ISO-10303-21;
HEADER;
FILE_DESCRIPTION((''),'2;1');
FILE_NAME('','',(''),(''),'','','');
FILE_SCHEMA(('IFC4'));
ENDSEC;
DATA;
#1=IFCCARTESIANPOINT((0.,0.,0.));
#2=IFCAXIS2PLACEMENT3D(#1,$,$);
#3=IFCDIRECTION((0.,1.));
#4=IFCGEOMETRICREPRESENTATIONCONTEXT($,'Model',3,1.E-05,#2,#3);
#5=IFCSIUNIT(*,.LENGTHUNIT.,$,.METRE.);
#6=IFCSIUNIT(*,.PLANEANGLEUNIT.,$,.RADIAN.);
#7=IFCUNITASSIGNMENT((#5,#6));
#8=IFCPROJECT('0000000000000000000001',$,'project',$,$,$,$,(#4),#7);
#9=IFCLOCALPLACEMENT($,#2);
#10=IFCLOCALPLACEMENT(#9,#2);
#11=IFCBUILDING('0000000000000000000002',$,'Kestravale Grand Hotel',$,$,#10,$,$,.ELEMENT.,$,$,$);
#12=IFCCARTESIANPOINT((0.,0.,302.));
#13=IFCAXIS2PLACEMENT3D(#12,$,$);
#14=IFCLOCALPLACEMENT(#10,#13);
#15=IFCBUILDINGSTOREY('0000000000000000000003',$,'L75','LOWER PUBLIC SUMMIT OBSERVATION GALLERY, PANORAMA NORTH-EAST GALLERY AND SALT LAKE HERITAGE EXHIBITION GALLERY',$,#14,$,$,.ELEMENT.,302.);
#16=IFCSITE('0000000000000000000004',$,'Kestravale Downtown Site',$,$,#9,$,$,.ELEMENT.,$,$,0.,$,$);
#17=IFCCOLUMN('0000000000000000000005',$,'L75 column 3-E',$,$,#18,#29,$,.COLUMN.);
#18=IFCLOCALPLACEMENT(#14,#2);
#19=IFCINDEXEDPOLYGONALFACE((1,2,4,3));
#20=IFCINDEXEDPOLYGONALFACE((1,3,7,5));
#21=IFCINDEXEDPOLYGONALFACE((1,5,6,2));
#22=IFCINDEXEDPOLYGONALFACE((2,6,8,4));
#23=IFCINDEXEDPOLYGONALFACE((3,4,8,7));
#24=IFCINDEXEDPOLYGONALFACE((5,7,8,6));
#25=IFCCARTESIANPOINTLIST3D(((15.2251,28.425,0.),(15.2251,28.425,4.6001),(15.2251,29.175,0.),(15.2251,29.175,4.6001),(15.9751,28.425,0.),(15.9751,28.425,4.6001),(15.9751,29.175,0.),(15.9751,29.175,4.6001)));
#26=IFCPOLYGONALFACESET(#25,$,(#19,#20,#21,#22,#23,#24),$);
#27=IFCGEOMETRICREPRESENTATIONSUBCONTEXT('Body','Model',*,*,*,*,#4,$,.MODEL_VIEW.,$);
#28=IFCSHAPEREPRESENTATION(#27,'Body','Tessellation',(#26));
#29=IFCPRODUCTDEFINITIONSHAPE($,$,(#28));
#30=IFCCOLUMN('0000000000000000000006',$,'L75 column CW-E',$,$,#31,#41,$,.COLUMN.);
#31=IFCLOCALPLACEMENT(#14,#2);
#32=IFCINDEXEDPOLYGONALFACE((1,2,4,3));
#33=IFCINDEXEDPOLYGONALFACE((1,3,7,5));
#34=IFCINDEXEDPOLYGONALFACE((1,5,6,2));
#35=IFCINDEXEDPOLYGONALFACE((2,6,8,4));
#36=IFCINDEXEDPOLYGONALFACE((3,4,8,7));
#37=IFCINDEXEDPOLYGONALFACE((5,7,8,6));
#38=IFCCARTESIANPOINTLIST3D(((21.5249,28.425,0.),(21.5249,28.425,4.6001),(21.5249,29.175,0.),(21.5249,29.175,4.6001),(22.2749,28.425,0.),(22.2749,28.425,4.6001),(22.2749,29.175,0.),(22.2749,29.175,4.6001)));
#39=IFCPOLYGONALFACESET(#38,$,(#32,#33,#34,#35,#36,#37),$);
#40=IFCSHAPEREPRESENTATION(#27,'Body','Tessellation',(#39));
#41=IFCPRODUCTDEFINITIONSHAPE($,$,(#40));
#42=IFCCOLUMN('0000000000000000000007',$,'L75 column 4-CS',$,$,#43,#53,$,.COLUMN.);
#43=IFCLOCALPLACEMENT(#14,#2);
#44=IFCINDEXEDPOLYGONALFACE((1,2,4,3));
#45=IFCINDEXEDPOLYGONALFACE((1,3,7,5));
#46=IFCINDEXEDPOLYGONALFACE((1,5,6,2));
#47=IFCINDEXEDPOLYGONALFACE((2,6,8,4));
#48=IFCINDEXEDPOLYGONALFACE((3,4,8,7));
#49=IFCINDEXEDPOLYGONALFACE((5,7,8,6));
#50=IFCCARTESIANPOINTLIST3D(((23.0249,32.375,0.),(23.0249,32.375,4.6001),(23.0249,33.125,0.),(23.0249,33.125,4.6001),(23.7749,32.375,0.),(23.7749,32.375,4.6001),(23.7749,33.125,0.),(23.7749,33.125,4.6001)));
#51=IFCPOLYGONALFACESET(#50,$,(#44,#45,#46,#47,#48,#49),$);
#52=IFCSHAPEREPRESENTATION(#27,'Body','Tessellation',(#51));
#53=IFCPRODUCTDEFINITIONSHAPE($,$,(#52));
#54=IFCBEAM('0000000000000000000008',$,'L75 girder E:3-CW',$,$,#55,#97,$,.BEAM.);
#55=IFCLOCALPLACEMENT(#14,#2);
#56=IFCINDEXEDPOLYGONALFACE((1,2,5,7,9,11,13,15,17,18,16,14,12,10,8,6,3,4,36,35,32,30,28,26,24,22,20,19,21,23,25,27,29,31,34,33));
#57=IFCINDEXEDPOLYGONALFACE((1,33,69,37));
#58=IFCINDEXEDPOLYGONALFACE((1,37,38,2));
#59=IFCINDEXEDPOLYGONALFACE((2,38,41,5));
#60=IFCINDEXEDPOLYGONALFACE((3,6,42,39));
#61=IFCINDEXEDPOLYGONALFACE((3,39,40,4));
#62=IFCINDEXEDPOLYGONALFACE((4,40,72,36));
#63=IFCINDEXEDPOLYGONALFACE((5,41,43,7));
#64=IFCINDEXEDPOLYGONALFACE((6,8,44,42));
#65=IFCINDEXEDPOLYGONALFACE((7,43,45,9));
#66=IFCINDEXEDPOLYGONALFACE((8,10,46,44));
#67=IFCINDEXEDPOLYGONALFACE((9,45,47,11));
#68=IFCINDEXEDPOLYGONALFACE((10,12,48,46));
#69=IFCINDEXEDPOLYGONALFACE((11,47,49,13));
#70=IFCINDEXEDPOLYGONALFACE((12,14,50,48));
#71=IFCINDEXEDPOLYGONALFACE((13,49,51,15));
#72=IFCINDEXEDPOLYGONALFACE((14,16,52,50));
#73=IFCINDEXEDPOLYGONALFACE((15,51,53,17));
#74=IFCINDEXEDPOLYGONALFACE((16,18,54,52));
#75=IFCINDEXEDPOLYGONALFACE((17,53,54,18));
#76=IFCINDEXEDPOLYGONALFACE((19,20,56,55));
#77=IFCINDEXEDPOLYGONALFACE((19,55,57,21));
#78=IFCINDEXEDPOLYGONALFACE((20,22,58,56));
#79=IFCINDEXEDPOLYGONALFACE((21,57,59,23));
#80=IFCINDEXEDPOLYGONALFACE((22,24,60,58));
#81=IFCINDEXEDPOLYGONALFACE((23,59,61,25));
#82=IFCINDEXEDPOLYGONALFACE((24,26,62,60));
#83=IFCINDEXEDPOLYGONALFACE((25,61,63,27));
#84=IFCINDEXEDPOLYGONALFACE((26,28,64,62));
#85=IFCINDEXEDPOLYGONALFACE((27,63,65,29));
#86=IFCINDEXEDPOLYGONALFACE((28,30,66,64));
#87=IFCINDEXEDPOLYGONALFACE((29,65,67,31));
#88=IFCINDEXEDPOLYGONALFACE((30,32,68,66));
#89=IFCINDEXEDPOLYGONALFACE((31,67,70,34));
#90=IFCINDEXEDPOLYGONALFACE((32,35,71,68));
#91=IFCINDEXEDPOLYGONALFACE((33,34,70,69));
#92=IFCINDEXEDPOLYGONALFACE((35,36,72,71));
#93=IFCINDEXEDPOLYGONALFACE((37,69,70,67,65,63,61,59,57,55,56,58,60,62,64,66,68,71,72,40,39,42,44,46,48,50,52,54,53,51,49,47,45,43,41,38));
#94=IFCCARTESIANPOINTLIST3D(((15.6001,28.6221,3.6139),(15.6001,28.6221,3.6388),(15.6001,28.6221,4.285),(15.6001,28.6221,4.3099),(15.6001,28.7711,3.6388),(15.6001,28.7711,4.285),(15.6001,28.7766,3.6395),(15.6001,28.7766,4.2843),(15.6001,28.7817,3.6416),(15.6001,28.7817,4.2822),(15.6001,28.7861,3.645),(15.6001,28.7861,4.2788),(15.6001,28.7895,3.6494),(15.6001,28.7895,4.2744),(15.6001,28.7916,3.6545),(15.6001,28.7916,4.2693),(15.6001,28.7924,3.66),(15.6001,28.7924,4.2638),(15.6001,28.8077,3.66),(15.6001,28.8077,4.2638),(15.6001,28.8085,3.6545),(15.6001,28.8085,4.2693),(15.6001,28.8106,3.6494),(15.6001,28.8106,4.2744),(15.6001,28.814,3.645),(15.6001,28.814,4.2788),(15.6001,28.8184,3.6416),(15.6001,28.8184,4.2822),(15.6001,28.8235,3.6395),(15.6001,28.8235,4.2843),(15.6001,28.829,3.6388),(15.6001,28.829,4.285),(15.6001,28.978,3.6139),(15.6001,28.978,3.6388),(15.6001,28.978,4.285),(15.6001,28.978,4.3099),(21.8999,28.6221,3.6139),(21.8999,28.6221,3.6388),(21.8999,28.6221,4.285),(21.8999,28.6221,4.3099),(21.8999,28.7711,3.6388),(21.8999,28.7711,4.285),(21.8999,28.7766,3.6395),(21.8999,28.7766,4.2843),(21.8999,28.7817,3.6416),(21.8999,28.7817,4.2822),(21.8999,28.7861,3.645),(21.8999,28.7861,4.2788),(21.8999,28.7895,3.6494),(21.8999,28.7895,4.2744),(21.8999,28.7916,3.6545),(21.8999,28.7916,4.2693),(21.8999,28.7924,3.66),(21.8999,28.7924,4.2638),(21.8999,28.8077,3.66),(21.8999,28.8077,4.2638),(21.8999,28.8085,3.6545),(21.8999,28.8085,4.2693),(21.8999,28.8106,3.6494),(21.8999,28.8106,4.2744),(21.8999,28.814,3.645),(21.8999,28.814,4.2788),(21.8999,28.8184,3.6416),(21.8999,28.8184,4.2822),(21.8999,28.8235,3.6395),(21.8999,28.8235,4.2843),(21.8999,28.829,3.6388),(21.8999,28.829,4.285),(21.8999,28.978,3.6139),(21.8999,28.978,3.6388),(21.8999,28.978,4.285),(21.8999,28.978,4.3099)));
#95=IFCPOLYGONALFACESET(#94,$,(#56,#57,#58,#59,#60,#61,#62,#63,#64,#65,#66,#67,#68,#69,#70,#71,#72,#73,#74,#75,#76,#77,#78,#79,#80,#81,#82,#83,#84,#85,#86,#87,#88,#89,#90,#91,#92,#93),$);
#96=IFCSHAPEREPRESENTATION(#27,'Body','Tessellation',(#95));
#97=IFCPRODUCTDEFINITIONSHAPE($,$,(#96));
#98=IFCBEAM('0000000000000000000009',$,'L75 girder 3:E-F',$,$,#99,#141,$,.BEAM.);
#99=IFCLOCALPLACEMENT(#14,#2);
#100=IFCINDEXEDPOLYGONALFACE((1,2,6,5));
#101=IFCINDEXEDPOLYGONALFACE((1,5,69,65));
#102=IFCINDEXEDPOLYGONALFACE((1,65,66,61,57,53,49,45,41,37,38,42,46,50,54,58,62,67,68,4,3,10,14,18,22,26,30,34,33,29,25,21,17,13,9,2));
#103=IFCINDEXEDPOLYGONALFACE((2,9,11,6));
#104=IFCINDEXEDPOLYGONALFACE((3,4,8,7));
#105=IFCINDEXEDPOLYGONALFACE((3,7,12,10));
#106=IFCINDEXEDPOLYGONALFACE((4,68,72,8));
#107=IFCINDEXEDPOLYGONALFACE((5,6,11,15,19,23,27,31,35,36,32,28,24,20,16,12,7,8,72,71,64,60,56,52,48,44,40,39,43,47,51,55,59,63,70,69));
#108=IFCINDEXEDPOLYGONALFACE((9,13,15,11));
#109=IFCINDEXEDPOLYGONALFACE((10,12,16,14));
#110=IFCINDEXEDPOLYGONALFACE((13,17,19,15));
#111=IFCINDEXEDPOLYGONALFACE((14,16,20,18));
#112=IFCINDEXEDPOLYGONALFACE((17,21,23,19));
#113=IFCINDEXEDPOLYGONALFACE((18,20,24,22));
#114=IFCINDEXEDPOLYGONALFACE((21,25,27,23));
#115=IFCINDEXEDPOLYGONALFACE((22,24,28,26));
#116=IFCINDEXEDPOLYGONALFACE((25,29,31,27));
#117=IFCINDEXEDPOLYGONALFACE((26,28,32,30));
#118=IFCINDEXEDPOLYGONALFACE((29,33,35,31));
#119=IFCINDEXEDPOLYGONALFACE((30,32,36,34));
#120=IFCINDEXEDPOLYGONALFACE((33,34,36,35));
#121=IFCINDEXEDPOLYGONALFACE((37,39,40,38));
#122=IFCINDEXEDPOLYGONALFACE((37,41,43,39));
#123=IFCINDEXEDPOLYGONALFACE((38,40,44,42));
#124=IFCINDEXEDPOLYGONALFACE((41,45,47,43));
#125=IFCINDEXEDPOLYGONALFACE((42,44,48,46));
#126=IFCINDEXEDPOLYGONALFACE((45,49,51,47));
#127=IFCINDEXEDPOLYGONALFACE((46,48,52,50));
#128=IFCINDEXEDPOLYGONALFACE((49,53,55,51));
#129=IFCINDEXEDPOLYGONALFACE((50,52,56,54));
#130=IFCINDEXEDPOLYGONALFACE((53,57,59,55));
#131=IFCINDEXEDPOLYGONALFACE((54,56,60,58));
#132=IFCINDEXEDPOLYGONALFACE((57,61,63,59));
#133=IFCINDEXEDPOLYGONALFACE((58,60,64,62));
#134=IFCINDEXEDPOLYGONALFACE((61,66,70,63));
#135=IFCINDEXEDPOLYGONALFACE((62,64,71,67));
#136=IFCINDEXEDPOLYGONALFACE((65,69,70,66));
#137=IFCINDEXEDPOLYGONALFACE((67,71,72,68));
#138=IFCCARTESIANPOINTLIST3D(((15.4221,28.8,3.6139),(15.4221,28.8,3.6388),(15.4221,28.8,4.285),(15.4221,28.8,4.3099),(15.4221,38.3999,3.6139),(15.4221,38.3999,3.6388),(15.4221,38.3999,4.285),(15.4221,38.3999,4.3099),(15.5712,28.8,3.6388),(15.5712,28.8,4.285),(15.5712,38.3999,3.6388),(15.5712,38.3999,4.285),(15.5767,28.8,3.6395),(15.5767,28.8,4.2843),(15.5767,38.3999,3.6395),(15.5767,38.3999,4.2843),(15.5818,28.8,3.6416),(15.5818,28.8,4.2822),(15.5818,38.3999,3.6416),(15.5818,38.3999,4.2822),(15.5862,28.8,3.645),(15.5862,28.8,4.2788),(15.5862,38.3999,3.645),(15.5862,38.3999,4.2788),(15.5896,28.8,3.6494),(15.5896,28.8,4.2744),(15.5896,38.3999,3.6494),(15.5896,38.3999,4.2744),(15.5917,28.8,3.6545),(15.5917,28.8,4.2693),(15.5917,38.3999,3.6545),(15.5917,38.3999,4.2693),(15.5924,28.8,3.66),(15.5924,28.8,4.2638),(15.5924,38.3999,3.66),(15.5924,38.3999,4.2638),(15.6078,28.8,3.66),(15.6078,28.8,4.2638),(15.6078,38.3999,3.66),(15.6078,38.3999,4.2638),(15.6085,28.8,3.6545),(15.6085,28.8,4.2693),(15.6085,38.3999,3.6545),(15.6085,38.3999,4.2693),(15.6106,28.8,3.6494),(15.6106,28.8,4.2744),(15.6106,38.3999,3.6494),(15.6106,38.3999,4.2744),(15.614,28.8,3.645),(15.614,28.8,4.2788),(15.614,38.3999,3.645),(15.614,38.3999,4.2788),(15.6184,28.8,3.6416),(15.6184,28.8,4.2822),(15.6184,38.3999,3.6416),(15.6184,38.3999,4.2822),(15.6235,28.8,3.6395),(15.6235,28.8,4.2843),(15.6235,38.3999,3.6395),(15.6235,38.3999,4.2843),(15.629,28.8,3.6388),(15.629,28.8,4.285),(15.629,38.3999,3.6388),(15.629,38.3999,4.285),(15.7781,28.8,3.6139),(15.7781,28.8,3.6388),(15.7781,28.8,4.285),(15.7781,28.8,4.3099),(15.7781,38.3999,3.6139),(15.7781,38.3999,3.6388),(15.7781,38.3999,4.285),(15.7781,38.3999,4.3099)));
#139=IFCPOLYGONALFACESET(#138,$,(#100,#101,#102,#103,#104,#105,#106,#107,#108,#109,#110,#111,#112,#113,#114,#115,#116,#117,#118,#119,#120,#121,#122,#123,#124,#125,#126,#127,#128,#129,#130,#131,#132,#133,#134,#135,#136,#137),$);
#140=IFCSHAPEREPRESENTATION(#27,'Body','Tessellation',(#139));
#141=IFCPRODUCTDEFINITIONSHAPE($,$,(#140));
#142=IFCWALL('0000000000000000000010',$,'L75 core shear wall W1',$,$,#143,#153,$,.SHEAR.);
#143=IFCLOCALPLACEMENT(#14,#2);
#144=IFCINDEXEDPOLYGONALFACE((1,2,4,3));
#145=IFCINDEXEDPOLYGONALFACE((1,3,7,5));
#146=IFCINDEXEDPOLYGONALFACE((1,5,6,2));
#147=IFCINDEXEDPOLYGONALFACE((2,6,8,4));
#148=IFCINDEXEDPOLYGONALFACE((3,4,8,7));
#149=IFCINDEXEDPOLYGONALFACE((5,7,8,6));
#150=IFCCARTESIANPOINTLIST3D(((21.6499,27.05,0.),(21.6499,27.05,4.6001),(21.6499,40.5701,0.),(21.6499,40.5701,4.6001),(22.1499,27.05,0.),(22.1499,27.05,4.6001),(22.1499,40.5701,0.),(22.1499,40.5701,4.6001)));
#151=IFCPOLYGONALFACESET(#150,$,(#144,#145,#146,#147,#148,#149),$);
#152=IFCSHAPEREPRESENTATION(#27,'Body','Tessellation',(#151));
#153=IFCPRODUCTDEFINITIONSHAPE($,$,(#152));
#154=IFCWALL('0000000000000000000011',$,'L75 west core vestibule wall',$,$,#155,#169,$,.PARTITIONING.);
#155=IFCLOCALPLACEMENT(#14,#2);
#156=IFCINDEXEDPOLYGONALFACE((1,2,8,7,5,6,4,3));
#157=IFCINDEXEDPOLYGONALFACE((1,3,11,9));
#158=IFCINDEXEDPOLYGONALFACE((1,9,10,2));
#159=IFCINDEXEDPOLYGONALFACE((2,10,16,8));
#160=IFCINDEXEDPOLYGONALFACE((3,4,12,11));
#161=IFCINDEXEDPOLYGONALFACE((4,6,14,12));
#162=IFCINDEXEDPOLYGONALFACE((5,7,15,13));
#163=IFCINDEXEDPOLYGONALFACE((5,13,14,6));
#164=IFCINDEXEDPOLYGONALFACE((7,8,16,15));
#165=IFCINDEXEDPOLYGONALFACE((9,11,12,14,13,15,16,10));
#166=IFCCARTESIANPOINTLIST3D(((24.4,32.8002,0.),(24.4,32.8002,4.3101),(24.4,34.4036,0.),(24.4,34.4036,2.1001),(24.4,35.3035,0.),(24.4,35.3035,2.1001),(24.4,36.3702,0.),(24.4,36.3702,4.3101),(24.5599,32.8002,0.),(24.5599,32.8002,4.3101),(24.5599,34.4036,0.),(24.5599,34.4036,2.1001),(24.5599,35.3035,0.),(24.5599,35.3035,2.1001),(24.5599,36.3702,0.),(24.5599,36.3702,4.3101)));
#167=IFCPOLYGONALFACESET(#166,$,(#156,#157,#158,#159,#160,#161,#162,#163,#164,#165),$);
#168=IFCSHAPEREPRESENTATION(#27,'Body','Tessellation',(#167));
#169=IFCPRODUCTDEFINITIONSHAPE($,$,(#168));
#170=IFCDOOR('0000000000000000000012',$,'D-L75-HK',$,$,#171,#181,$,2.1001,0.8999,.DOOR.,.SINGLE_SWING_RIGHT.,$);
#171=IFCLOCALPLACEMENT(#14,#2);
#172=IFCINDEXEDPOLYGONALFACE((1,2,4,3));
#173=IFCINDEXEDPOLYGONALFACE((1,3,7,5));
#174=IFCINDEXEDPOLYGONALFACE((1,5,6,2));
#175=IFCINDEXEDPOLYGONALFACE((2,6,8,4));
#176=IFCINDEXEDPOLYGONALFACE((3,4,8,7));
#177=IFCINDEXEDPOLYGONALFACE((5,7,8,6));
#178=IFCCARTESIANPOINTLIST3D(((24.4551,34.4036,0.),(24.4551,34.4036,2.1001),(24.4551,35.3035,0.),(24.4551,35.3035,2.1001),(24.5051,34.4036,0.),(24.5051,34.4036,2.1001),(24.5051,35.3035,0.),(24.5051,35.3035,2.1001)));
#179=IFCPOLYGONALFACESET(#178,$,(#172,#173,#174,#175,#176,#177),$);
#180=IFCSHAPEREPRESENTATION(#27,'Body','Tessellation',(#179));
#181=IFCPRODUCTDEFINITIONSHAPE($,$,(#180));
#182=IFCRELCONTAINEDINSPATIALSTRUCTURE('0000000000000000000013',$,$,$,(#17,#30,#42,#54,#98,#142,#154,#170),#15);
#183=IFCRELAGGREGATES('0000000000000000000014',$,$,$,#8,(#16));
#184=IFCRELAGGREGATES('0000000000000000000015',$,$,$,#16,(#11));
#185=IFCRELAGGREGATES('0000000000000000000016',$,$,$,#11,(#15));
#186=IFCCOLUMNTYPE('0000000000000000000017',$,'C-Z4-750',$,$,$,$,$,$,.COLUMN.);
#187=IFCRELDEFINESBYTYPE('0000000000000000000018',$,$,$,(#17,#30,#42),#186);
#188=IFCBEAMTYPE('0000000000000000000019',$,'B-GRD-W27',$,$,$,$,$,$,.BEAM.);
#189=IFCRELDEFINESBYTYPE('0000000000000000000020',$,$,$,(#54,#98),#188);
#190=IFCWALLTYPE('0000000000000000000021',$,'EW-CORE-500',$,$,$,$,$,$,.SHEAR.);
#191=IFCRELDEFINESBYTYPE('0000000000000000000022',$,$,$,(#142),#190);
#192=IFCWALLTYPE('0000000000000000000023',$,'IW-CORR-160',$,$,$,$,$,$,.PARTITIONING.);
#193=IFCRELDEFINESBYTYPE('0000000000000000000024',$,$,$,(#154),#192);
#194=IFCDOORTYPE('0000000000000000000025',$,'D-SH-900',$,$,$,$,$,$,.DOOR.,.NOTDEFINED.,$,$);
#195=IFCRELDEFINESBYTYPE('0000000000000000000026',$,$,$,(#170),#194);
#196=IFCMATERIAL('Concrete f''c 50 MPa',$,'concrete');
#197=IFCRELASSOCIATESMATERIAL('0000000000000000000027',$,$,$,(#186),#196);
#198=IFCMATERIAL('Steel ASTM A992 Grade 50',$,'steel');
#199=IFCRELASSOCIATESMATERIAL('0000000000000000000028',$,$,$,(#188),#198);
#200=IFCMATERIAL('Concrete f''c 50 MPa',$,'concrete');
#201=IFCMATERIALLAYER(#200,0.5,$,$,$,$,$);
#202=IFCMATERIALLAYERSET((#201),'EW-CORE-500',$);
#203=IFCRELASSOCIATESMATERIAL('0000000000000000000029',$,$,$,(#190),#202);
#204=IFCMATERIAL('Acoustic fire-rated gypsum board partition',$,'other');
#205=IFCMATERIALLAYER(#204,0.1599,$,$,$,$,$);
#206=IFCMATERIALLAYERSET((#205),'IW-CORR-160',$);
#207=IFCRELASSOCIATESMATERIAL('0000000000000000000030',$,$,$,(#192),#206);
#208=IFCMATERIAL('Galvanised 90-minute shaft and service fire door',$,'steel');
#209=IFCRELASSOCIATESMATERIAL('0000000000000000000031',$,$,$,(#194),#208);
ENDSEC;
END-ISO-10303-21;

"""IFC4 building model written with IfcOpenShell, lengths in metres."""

from ifc_helpers import new_model, si_unit, direction, frame, frame_2d, origin, origin_2d, place, context, subcontext, project, spatial, rectangle, i_section, extrude, material, layer, layer_set, material_profile, profile_set, type_object, element, fill, save


model = new_model("IFC4")

# Units and contexts
model_context = context("Model", 3, precision=1e-05, world=origin(), true_north=direction((0.0, 1.0)))
body_context = subcontext(model_context, "Body", "Model", "MODEL_VIEW")
ifc_project = project(units=[si_unit("LENGTHUNIT", "METRE"), si_unit("PLANEANGLEUNIT", "RADIAN")], contexts=[model_context])

# Site, building, storey
site_placement = place(None, origin())
site = spatial("IfcSite", under=ifc_project, at=site_placement, Name="Kestravale Downtown Site", CompositionType="ELEMENT", RefElevation=0.0)
building_placement = place(site_placement, origin())
building = spatial("IfcBuilding", under=site, at=building_placement, Name="Kestravale Grand Hotel", CompositionType="ELEMENT")
storey_placement = place(building_placement, frame((0.0, 0.0, 302.0)))
storey = spatial("IfcBuildingStorey", under=building, at=storey_placement, Name="L75", Description="LOWER PUBLIC SUMMIT OBSERVATION GALLERY, PANORAMA NORTH-EAST GALLERY AND SALT LAKE HERITAGE EXHIBITION GALLERY", CompositionType="ELEMENT", Elevation=302.0)

# Columns
ifc_material_1 = material(Name="Concrete f'c 50 MPa", Category="concrete")
ifc_material_profile_1 = material_profile(ifc_material_1, rectangle(XDim=0.75, YDim=0.75, at=origin_2d()))
ifc_profile_set_1 = profile_set([ifc_material_profile_1], Name="Concrete f'c 50 MPa")
column_type = type_object("IfcColumnType", Name="C-Z4-750", PredefinedType="COLUMN", material=ifc_profile_set_1)
for number, where, z_axis, x_axis, name in (
    (1, (15.6001, 28.8, 0.0), (0.0, 0.0, 1.0), (1.0, 0.0, 0.0), "L75 column 3-E"),
    (2, (21.8999, 28.8, 0.0), (0.0, 0.0, 1.0), (1.0, 0.0, 0.0), "L75 column CW-E"),
    (3, (23.3999, 32.75, 0.0), (0.0, 0.0, 1.0), (1.0, 0.0, 0.0), "L75 column 4-CS"),
):
    element("IfcColumn", number, at=place(storey_placement, frame(where, z_axis=z_axis, x_axis=x_axis)), inside=storey, type_object=column_type, Name=name, PredefinedType="COLUMN", context=body_context, shape_type="SweptSolid", body=[
        extrude(rectangle(XDim=0.75, YDim=0.75, at=origin_2d()), origin(), (0.0, 0.0, 1.0), 4.6001),
    ])

# Beams
ifc_material_2 = material(Name="Steel ASTM A992 Grade 50", Category="steel")
ifc_material_profile_2 = material_profile(ifc_material_2, i_section(OverallWidth=0.356, OverallDepth=0.696, WebThickness=0.0154, FlangeThickness=0.0249, FilletRadius=0.0212, at=origin_2d()))
ifc_profile_set_2 = profile_set([ifc_material_profile_2], Name="Steel ASTM A992 Grade 50")
beam_type = type_object("IfcBeamType", Name="B-GRD-W27", PredefinedType="BEAM", material=ifc_profile_set_2)
beam_1_placement = place(storey_placement, frame((15.6001, 28.8, 3.9619), z_axis=(1.0, 0.0, 0.0), x_axis=(0.0, 1.0, 0.0)))
element("IfcBeam", 4, at=beam_1_placement, inside=storey, type_object=beam_type, Name="L75 girder E:3-CW", PredefinedType="BEAM", context=body_context, shape_type="SweptSolid", body=[
    extrude(i_section(OverallWidth=0.356, OverallDepth=0.696, WebThickness=0.0154, FlangeThickness=0.0249, FilletRadius=0.0212, at=origin_2d()), origin(), (0.0, 0.0, 1.0), 6.2998),
])
beam_2_placement = place(storey_placement, frame((15.6001, 28.8, 3.9619), z_axis=(0.0, 1.0, 0.0), x_axis=(-1.0, 0.0, 0.0)))
element("IfcBeam", 5, at=beam_2_placement, inside=storey, type_object=beam_type, Name="L75 girder 3:E-F", PredefinedType="BEAM", context=body_context, shape_type="SweptSolid", body=[
    extrude(i_section(OverallWidth=0.356, OverallDepth=0.696, WebThickness=0.0154, FlangeThickness=0.0249, FilletRadius=0.0212, at=origin_2d()), origin(), (0.0, 0.0, 1.0), 9.5999),
])

# Wall
ifc_material_3 = material(Name="Concrete f'c 50 MPa", Category="concrete")
ifc_layer_1 = layer(ifc_material_3, 0.5)
ifc_layer_set_1 = layer_set([ifc_layer_1], Name="EW-CORE-500")
wall_type_1 = type_object("IfcWallType", Name="EW-CORE-500", PredefinedType="SHEAR", material=ifc_layer_set_1)
wall_1_placement = place(storey_placement, frame((21.8999, 27.05, 0.0), z_axis=(0.0, 0.0, 1.0), x_axis=(0.0, 1.0, 0.0)))
element("IfcWall", 6, at=wall_1_placement, inside=storey, type_object=wall_type_1, Name="L75 core shear wall W1", PredefinedType="SHEAR", context=body_context, shape_type="SweptSolid", body=[
    extrude(rectangle(XDim=13.52, YDim=0.5, at=frame_2d((6.76, 0.0))), origin(), (0.0, 0.0, 1.0), 4.6001),
])

# Wall, opening, door
ifc_material_4 = material(Name="Acoustic fire-rated gypsum board partition", Category="other")
ifc_layer_2 = layer(ifc_material_4, 0.1599)
ifc_layer_set_2 = layer_set([ifc_layer_2], Name="IW-CORR-160")
wall_type_2 = type_object("IfcWallType", Name="IW-CORR-160", PredefinedType="PARTITIONING", material=ifc_layer_set_2)
wall_2_placement = place(storey_placement, frame((24.48, 32.8, 0.0), z_axis=(0.0, 0.0, 1.0), x_axis=(0.0, 1.0, 0.0)))
wall_2 = element("IfcWall", 7, at=wall_2_placement, inside=storey, type_object=wall_type_2, Name="L75 west core vestibule wall", PredefinedType="PARTITIONING", context=body_context, shape_type="SweptSolid", body=[
    extrude(rectangle(XDim=3.5701, YDim=0.1599, at=frame_2d((1.7852, 0.0))), origin(), (0.0, 0.0, 1.0), 4.3101),
])
opening_1_placement = place(wall_2_placement, frame((1.6035, 0.0, 0.0)))
opening_1 = element("IfcOpeningElement", 8, at=opening_1_placement, cuts=wall_2, PredefinedType="OPENING", context=body_context, shape_type="SweptSolid", body=[
    extrude(rectangle(XDim=0.8999, YDim=2.1001, at=frame_2d((0.45, 1.05))), frame((0.0, 0.0898, 0.0), z_axis=(0.0, -1.0, 0.0), x_axis=(1.0, 0.0, 0.0)), (0.0, 0.0, 1.0), 0.1799),
])
ifc_material_5 = material(Name="Galvanised 90-minute shaft and service fire door", Category="steel")
door_type_1 = type_object("IfcDoorType", Name="D-SH-900", OperationType="NOTDEFINED", PredefinedType="DOOR", material=ifc_material_5)
door_1_placement = place(opening_1_placement, origin())
door_1 = element("IfcDoor", 9, at=door_1_placement, inside=storey, type_object=door_type_1, Name="D-L75-HK", OperationType="SINGLE_SWING_RIGHT", OverallHeight=2.1001, OverallWidth=0.8999, PredefinedType="DOOR", context=body_context, shape_type="SweptSolid", body=[
    extrude(rectangle(XDim=0.8999, YDim=2.1001, at=frame_2d((0.45, 1.05))), frame((0.0, 0.0249, 0.0), z_axis=(0.0, -1.0, 0.0), x_axis=(1.0, 0.0, 0.0)), (0.0, 0.0, 1.0), 0.05),
])
fill(opening_1, door_1)

save(model, "model.ifc")
